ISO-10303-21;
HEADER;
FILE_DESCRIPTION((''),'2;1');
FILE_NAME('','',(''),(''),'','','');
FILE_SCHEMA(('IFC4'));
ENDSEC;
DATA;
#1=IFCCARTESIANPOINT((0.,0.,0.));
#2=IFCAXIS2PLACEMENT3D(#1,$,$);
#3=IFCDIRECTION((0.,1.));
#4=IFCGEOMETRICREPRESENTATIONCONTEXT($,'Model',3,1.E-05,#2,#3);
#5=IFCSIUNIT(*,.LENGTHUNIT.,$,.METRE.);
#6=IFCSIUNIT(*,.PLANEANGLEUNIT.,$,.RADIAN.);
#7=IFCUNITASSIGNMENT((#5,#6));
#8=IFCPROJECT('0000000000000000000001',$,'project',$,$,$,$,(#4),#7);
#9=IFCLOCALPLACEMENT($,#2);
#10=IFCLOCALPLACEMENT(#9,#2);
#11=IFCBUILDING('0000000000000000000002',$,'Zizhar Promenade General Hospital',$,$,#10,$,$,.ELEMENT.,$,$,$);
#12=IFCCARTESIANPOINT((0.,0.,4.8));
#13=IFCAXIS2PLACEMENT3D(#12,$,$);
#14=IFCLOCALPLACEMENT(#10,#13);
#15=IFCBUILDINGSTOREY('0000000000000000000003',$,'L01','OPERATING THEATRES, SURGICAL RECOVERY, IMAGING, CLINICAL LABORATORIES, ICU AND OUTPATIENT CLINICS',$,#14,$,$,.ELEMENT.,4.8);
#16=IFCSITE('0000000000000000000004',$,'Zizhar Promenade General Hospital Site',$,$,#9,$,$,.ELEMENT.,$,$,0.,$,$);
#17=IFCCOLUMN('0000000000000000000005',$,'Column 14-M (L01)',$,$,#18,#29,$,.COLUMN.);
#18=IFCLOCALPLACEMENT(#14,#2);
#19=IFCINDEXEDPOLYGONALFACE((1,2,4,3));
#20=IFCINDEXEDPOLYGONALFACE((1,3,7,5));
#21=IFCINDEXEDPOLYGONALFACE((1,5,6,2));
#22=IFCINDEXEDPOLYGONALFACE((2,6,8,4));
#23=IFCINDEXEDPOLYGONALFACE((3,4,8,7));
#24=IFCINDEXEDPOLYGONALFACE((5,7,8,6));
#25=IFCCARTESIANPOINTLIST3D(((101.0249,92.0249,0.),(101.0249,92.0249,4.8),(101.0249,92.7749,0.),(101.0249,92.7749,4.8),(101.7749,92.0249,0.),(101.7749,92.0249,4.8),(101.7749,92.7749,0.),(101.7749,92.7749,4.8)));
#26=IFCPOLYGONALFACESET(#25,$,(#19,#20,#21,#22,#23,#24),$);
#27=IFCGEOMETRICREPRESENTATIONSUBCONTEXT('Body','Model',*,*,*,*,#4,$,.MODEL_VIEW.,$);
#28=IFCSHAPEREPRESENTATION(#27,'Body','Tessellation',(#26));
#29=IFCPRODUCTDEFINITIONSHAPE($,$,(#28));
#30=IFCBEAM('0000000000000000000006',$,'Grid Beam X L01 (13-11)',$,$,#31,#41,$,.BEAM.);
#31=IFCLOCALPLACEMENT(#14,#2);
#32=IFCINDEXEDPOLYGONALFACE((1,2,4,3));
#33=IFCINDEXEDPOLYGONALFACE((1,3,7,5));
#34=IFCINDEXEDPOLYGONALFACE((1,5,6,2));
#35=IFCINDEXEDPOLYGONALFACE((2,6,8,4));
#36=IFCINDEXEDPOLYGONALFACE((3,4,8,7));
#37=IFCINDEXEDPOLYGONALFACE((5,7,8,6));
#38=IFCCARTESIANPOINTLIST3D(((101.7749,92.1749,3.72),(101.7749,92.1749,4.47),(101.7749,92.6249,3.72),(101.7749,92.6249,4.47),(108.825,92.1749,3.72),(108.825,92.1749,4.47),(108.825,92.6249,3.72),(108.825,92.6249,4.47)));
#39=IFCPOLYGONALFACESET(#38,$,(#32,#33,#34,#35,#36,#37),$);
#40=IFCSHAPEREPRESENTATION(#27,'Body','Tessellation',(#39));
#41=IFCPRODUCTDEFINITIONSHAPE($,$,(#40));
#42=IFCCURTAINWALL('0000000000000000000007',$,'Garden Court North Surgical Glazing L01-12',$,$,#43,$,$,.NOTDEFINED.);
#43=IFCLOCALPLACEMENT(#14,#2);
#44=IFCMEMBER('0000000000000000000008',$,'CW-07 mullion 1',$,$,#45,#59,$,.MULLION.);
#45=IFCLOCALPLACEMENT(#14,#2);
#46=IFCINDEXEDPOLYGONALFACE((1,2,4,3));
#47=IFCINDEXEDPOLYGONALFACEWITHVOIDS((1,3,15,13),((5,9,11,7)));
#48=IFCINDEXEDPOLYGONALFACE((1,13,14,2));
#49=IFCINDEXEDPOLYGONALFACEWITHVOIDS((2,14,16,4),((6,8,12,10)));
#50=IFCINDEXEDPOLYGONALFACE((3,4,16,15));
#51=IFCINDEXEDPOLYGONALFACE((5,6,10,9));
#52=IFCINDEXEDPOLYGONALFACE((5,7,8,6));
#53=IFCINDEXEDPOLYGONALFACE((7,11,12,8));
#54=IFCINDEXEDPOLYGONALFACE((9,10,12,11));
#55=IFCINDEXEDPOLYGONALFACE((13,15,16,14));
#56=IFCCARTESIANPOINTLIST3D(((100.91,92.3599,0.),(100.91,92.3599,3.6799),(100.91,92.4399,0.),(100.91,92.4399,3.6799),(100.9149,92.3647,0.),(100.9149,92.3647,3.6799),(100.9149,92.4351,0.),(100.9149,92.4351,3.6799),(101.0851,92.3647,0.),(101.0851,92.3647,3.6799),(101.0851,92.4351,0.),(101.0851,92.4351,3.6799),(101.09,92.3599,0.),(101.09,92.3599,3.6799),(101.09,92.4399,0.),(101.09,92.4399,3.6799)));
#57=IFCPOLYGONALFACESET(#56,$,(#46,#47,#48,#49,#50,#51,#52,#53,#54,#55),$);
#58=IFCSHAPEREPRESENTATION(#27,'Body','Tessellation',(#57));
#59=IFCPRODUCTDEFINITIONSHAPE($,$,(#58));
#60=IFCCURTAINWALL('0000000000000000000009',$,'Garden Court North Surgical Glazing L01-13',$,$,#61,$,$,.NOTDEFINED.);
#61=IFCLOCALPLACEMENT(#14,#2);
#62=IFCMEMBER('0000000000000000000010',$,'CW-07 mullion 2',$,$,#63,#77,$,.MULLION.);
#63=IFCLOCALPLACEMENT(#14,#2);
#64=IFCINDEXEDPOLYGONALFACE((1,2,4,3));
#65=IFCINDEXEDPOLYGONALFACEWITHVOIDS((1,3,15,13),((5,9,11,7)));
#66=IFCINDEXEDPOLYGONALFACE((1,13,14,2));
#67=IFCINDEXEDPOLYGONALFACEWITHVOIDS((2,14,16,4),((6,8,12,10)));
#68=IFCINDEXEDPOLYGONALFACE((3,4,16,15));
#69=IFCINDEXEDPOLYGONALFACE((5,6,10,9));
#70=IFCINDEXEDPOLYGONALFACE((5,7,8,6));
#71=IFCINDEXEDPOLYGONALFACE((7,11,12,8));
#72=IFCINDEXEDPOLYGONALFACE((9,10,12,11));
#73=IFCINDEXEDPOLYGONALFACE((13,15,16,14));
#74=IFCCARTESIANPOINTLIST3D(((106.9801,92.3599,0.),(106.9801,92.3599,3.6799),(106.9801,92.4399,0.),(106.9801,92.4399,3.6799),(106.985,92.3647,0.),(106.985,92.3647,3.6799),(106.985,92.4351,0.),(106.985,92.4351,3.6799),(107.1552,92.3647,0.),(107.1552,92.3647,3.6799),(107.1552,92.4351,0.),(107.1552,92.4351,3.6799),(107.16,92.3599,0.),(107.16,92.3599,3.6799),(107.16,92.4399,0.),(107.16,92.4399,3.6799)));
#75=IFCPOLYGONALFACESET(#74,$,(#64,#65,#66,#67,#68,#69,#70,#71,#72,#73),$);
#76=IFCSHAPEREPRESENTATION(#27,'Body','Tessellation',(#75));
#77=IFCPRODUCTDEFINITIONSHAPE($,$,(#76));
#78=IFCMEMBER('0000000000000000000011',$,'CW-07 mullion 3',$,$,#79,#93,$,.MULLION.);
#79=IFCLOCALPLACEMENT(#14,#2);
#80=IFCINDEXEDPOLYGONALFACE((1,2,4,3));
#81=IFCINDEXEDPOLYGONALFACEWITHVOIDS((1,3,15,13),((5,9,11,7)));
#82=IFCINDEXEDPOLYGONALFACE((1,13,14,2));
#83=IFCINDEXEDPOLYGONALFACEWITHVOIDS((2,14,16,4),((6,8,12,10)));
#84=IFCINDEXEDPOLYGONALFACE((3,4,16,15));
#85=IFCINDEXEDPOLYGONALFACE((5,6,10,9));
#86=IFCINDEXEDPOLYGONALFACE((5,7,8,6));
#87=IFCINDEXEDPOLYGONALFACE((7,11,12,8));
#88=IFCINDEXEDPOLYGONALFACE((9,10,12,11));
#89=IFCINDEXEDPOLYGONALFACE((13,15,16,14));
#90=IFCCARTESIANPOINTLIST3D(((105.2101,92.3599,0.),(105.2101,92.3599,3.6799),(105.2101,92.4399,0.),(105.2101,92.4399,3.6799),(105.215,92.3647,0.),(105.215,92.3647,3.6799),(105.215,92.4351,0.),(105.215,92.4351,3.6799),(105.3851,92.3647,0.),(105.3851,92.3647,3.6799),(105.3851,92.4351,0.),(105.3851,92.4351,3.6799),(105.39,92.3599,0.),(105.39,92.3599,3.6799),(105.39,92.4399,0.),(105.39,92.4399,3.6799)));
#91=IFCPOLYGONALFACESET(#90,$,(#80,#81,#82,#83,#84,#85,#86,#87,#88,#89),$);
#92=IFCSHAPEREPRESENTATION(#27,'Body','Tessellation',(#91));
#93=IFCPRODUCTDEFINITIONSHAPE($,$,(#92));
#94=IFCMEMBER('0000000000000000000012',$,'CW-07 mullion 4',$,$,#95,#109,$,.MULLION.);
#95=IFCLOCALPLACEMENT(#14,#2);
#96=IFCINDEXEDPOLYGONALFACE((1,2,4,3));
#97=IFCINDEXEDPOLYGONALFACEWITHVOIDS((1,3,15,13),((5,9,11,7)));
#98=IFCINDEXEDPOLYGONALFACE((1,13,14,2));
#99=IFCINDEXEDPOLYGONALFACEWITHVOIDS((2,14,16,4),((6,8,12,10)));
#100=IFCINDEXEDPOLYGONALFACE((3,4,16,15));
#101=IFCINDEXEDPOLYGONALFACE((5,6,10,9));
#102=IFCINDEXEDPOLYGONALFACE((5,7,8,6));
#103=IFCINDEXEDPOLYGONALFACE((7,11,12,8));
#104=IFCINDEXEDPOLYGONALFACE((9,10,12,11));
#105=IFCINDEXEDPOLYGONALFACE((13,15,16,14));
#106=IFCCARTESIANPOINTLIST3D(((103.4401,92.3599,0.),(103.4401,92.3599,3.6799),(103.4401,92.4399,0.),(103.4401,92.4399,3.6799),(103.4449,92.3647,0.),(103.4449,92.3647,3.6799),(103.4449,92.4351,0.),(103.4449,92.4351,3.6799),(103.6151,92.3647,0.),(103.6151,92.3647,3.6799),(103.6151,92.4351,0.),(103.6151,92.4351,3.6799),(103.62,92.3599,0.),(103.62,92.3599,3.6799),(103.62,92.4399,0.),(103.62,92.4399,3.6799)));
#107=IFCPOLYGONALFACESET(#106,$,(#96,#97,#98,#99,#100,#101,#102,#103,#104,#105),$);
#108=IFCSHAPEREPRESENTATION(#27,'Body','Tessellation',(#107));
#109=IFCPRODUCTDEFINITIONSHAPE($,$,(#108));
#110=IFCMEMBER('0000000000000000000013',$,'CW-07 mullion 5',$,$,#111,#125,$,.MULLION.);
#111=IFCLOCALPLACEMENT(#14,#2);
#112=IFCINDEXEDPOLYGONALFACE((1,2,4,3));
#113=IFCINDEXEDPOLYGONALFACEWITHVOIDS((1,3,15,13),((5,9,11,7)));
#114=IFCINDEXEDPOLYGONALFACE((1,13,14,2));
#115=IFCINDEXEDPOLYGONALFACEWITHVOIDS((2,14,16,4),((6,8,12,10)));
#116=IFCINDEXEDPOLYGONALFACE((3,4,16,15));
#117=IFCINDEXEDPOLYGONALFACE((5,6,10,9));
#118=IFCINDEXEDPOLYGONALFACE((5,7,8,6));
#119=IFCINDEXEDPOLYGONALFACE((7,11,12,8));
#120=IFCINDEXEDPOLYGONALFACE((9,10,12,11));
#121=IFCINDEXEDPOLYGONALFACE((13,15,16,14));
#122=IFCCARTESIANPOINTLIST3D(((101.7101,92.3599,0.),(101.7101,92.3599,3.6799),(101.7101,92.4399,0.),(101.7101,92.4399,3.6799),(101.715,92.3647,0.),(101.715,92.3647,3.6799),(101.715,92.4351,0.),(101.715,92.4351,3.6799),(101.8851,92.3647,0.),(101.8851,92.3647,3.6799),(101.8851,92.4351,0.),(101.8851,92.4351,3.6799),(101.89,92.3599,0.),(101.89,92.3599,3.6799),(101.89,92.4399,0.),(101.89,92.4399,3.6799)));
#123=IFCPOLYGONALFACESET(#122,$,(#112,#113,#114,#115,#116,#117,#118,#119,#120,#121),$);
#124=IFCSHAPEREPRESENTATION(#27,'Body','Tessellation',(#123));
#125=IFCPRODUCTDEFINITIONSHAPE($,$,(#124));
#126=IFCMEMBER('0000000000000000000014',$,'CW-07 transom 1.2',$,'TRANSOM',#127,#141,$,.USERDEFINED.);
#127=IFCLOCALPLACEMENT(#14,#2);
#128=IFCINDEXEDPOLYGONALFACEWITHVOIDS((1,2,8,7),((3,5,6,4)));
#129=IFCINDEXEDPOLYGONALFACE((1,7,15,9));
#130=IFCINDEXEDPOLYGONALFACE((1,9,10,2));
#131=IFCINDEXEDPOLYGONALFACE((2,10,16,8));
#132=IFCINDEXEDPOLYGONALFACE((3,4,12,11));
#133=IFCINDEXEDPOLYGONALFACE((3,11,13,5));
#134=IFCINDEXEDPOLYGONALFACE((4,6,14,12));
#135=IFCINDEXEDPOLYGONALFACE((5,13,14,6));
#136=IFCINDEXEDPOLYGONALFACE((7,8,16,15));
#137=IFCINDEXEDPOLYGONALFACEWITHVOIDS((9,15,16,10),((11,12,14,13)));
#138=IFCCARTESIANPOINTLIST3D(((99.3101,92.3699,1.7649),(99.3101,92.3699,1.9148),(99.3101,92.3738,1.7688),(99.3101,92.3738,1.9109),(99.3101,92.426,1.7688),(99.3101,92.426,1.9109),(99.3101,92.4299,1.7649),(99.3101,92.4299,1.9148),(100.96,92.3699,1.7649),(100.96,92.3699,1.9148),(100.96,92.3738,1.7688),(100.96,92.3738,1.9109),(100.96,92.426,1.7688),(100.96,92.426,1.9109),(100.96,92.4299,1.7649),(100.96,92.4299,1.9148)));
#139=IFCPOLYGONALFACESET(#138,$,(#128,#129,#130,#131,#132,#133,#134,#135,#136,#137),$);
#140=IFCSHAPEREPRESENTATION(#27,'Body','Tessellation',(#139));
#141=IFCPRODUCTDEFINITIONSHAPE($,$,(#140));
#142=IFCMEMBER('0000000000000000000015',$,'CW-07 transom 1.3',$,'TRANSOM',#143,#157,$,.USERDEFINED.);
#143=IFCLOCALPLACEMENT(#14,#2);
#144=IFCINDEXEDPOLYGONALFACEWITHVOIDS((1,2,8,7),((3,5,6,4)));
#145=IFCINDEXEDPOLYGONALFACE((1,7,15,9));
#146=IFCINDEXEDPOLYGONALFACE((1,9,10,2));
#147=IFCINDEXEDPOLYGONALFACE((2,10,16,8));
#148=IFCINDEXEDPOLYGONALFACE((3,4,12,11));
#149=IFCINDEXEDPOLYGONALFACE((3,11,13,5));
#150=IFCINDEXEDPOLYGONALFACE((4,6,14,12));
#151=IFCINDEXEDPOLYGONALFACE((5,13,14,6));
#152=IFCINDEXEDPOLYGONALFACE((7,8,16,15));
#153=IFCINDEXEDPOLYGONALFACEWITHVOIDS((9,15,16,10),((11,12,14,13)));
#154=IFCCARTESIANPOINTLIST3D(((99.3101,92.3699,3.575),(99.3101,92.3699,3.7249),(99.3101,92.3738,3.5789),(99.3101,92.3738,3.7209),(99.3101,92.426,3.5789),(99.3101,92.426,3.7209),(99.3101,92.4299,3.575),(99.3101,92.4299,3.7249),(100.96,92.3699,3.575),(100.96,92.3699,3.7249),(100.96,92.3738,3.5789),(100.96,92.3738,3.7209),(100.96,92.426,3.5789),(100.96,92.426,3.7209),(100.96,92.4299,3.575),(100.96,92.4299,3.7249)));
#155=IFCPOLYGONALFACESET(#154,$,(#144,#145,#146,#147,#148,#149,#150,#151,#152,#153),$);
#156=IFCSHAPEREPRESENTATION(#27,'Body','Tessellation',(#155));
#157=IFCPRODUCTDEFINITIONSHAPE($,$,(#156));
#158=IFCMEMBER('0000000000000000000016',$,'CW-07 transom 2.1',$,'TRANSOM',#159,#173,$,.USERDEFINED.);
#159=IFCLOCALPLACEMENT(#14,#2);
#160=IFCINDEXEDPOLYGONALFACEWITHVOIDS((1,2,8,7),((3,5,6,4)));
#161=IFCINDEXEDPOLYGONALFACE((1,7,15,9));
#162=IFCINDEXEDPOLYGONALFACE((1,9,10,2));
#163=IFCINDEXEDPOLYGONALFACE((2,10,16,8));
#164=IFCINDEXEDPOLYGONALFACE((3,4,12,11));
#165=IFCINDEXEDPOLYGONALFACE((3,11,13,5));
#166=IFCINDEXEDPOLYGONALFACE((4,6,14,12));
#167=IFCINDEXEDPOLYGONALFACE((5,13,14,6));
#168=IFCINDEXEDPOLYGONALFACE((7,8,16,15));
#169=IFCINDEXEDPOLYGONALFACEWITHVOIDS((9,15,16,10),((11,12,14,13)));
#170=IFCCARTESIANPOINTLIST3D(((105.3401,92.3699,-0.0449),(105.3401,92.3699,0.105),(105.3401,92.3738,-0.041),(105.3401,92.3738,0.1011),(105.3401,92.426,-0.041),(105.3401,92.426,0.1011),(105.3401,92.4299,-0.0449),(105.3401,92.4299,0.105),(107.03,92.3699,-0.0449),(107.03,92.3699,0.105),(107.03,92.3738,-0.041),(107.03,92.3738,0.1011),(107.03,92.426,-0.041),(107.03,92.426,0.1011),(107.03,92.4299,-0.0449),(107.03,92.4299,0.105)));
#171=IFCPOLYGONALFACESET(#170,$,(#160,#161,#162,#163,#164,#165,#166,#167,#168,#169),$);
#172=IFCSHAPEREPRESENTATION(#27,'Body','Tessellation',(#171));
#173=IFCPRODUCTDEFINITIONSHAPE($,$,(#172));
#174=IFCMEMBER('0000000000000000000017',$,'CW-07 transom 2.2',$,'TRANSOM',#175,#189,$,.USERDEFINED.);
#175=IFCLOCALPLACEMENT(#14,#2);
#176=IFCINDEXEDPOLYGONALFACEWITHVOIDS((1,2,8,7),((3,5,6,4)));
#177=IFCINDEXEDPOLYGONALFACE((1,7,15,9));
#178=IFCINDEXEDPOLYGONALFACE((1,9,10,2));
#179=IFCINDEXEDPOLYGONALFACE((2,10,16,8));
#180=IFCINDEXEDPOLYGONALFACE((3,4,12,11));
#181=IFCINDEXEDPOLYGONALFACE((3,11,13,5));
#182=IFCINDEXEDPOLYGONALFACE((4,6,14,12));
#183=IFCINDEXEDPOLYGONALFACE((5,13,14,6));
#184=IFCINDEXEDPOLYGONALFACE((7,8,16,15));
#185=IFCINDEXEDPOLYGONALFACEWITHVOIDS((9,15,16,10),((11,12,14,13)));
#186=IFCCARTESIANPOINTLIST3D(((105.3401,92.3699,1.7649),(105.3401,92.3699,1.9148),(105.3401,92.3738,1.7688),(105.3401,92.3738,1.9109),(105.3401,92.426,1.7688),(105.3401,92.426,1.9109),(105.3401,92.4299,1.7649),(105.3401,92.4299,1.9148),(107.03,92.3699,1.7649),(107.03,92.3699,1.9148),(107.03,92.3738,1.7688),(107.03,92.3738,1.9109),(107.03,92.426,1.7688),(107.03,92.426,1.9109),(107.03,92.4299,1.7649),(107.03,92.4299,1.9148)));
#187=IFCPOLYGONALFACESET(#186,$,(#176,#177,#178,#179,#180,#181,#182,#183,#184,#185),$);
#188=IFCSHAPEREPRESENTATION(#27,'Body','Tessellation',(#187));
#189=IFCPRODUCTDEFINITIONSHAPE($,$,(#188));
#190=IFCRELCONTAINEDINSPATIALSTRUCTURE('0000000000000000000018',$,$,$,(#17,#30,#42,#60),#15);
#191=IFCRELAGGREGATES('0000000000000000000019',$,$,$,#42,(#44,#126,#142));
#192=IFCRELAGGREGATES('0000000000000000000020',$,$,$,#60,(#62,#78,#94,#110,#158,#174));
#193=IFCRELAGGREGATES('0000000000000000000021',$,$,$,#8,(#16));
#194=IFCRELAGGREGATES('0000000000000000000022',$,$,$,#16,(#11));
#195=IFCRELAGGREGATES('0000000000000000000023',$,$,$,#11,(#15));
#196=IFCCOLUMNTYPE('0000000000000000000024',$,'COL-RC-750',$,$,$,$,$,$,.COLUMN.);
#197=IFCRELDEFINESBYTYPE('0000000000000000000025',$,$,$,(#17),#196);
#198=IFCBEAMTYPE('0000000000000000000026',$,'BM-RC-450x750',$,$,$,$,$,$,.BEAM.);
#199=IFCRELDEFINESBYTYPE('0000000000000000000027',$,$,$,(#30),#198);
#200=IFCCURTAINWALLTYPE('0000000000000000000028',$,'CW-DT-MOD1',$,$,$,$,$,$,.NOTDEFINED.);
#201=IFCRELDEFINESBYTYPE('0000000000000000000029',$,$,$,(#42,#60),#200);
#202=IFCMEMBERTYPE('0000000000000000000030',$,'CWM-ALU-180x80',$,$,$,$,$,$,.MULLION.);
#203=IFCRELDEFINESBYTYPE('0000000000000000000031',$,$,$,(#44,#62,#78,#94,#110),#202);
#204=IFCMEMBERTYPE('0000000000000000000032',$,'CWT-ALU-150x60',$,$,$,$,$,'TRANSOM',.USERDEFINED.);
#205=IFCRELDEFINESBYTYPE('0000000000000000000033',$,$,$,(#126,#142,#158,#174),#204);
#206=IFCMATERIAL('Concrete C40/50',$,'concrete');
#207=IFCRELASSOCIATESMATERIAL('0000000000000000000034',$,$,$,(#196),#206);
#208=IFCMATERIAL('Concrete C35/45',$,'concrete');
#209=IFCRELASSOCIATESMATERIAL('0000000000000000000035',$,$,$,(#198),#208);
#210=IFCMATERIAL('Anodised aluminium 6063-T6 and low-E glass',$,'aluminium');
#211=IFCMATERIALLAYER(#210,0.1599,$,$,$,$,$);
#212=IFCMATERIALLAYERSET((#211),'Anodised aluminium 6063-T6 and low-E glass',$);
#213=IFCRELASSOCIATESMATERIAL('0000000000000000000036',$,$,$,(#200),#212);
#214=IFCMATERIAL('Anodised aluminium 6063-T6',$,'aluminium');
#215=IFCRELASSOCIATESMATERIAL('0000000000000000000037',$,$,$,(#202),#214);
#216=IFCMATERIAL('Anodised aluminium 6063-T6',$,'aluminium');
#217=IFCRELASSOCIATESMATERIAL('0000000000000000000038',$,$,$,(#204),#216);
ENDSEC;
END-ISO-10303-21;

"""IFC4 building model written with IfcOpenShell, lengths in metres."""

from ifc_helpers import new_model, si_unit, direction, frame, origin, origin_2d, place, context, subcontext, project, spatial, rectangle, hollow_rectangle, extrude, material, layer, layer_set, material_profile, profile_set, type_object, element, aggregate, save


model = new_model("IFC4")

# Units and contexts
model_context = context("Model", 3, precision=1e-05, world=origin(), true_north=direction((0.0, 1.0)))
body_context = subcontext(model_context, "Body", "Model", "MODEL_VIEW")
ifc_project = project(units=[si_unit("LENGTHUNIT", "METRE"), si_unit("PLANEANGLEUNIT", "RADIAN")], contexts=[model_context])

# Site, building, storey
site_placement = place(None, origin())
site = spatial("IfcSite", under=ifc_project, at=site_placement, Name="Zizhar Promenade General Hospital Site", CompositionType="ELEMENT", RefElevation=0.0)
building_placement = place(site_placement, origin())
building = spatial("IfcBuilding", under=site, at=building_placement, Name="Zizhar Promenade General Hospital", CompositionType="ELEMENT")
storey_placement = place(building_placement, frame((0.0, 0.0, 4.8)))
storey = spatial("IfcBuildingStorey", under=building, at=storey_placement, Name="L01", Description="OPERATING THEATRES, SURGICAL RECOVERY, IMAGING, CLINICAL LABORATORIES, ICU AND OUTPATIENT CLINICS", CompositionType="ELEMENT", Elevation=4.8)

# Column
ifc_material_1 = material(Name="Concrete C40/50", Category="concrete")
ifc_material_profile_1 = material_profile(ifc_material_1, rectangle(XDim=0.75, YDim=0.75, at=origin_2d()))
ifc_profile_set_1 = profile_set([ifc_material_profile_1], Name="Concrete C40/50")
column_type = type_object("IfcColumnType", Name="COL-RC-750", PredefinedType="COLUMN", material=ifc_profile_set_1)
column_placement = place(storey_placement, frame((101.3999, 92.3999, 0.0), z_axis=(0.0, 0.0, 1.0), x_axis=(1.0, 0.0, 0.0)))
element("IfcColumn", 1, at=column_placement, inside=storey, type_object=column_type, Name="Column 14-M (L01)", PredefinedType="COLUMN", context=body_context, shape_type="SweptSolid", body=[
    extrude(rectangle(XDim=0.75, YDim=0.75, at=origin_2d()), origin(), (0.0, 0.0, 1.0), 4.8),
])

# Beam
ifc_material_2 = material(Name="Concrete C35/45", Category="concrete")
ifc_material_profile_2 = material_profile(ifc_material_2, rectangle(XDim=0.45, YDim=0.75, at=origin_2d()))
ifc_profile_set_2 = profile_set([ifc_material_profile_2], Name="Concrete C35/45")
beam_type = type_object("IfcBeamType", Name="BM-RC-450x750", PredefinedType="BEAM", material=ifc_profile_set_2)
beam_placement = place(storey_placement, frame((101.7749, 92.3999, 4.095), z_axis=(1.0, 0.0, 0.0), x_axis=(0.0, 1.0, 0.0)))
element("IfcBeam", 2, at=beam_placement, inside=storey, type_object=beam_type, Name="Grid Beam X L01 (13-11)", PredefinedType="BEAM", context=body_context, shape_type="SweptSolid", body=[
    extrude(rectangle(XDim=0.45, YDim=0.75, at=origin_2d()), origin(), (0.0, 0.0, 1.0), 7.05),
])

# Curtain wall, member
ifc_material_3 = material(Name="Anodised aluminium 6063-T6 and low-E glass", Category="aluminium")
ifc_layer_1 = layer(ifc_material_3, 0.1599)
ifc_layer_set_1 = layer_set([ifc_layer_1], Name="Anodised aluminium 6063-T6 and low-E glass")
curtain_wall_type = type_object("IfcCurtainWallType", Name="CW-DT-MOD1", PredefinedType="NOTDEFINED", material=ifc_layer_set_1)
curtain_wall_1_placement = place(storey_placement, origin())
curtain_wall_1 = element("IfcCurtainWall", 3, at=curtain_wall_1_placement, inside=storey, type_object=curtain_wall_type, Name="Garden Court North Surgical Glazing L01-12", PredefinedType="NOTDEFINED")
ifc_material_4 = material(Name="Anodised aluminium 6063-T6", Category="aluminium")
ifc_material_profile_3 = material_profile(ifc_material_4, hollow_rectangle(XDim=0.0801, YDim=0.1799, WallThickness=0.0049, at=origin_2d()))
ifc_profile_set_3 = profile_set([ifc_material_profile_3], Name="Anodised aluminium 6063-T6")
member_type_1 = type_object("IfcMemberType", Name="CWM-ALU-180x80", PredefinedType="MULLION", material=ifc_profile_set_3)
member_1_placement = place(storey_placement, frame((101.0, 92.3999, 0.0), z_axis=(0.0, 0.0, 1.0), x_axis=(0.0, -1.0, 0.0)))
member_1 = element("IfcMember", 4, at=member_1_placement, type_object=member_type_1, Name="CW-07 mullion 1", PredefinedType="MULLION", context=body_context, shape_type="SweptSolid", body=[
    extrude(hollow_rectangle(XDim=0.0801, YDim=0.1799, WallThickness=0.0049, at=origin_2d()), origin(), (0.0, 0.0, 1.0), 3.6799),
])

# Curtain wall, members
curtain_wall_2_placement = place(storey_placement, origin())
curtain_wall_2 = element("IfcCurtainWall", 5, at=curtain_wall_2_placement, inside=storey, type_object=curtain_wall_type, Name="Garden Court North Surgical Glazing L01-13", PredefinedType="NOTDEFINED")
member_2_placement = place(storey_placement, frame((107.0701, 92.3999, 0.0), z_axis=(0.0, 0.0, 1.0), x_axis=(0.0, -1.0, 0.0)))
member_2 = element("IfcMember", 6, at=member_2_placement, type_object=member_type_1, Name="CW-07 mullion 2", PredefinedType="MULLION", context=body_context, shape_type="SweptSolid", body=[
    extrude(hollow_rectangle(XDim=0.0801, YDim=0.1799, WallThickness=0.0049, at=origin_2d()), origin(), (0.0, 0.0, 1.0), 3.6799),
])
member_3_placement = place(storey_placement, frame((105.3, 92.3999, 0.0), z_axis=(0.0, 0.0, 1.0), x_axis=(0.0, -1.0, 0.0)))
member_3 = element("IfcMember", 7, at=member_3_placement, type_object=member_type_1, Name="CW-07 mullion 3", PredefinedType="MULLION", context=body_context, shape_type="SweptSolid", body=[
    extrude(hollow_rectangle(XDim=0.0801, YDim=0.1799, WallThickness=0.0049, at=origin_2d()), origin(), (0.0, 0.0, 1.0), 3.6799),
])
member_4_placement = place(storey_placement, frame((103.53, 92.3999, 0.0), z_axis=(0.0, 0.0, 1.0), x_axis=(0.0, -1.0, 0.0)))
member_4 = element("IfcMember", 8, at=member_4_placement, type_object=member_type_1, Name="CW-07 mullion 4", PredefinedType="MULLION", context=body_context, shape_type="SweptSolid", body=[
    extrude(hollow_rectangle(XDim=0.0801, YDim=0.1799, WallThickness=0.0049, at=origin_2d()), origin(), (0.0, 0.0, 1.0), 3.6799),
])
member_5_placement = place(storey_placement, frame((101.8, 92.3999, 0.0), z_axis=(0.0, 0.0, 1.0), x_axis=(0.0, -1.0, 0.0)))
member_5 = element("IfcMember", 9, at=member_5_placement, type_object=member_type_1, Name="CW-07 mullion 5", PredefinedType="MULLION", context=body_context, shape_type="SweptSolid", body=[
    extrude(hollow_rectangle(XDim=0.0801, YDim=0.1799, WallThickness=0.0049, at=origin_2d()), origin(), (0.0, 0.0, 1.0), 3.6799),
])

# Members
ifc_material_5 = material(Name="Anodised aluminium 6063-T6", Category="aluminium")
ifc_material_profile_4 = material_profile(ifc_material_5, hollow_rectangle(XDim=0.0601, YDim=0.1499, WallThickness=0.0039, at=origin_2d()))
ifc_profile_set_4 = profile_set([ifc_material_profile_4], Name="Anodised aluminium 6063-T6")
member_type_2 = type_object("IfcMemberType", Name="CWT-ALU-150x60", ElementType="TRANSOM", PredefinedType="USERDEFINED", material=ifc_profile_set_4)
member_6_placement = place(storey_placement, frame((100.96, 92.3999, 1.8398), z_axis=(-1.0, 0.0, 0.0), x_axis=(0.0, -1.0, 0.0)))
member_6 = element("IfcMember", 10, at=member_6_placement, type_object=member_type_2, Name="CW-07 transom 1.2", ObjectType="TRANSOM", PredefinedType="USERDEFINED", context=body_context, shape_type="SweptSolid", body=[
    extrude(hollow_rectangle(XDim=0.0601, YDim=0.1499, WallThickness=0.0039, at=origin_2d()), origin(), (0.0, 0.0, 1.0), 1.6499),
])
member_7_placement = place(storey_placement, frame((100.96, 92.3999, 3.6499), z_axis=(-1.0, 0.0, 0.0), x_axis=(0.0, -1.0, 0.0)))
member_7 = element("IfcMember", 11, at=member_7_placement, type_object=member_type_2, Name="CW-07 transom 1.3", ObjectType="TRANSOM", PredefinedType="USERDEFINED", context=body_context, shape_type="SweptSolid", body=[
    extrude(hollow_rectangle(XDim=0.0601, YDim=0.1499, WallThickness=0.0039, at=origin_2d()), origin(), (0.0, 0.0, 1.0), 1.6499),
])
aggregate(curtain_wall_1, [member_1, member_6, member_7])
member_8_placement = place(storey_placement, frame((107.03, 92.3999, 0.03), z_axis=(-1.0, 0.0, 0.0), x_axis=(0.0, -1.0, 0.0)))
member_8 = element("IfcMember", 12, at=member_8_placement, type_object=member_type_2, Name="CW-07 transom 2.1", ObjectType="TRANSOM", PredefinedType="USERDEFINED", context=body_context, shape_type="SweptSolid", body=[
    extrude(hollow_rectangle(XDim=0.0601, YDim=0.1499, WallThickness=0.0039, at=origin_2d()), origin(), (0.0, 0.0, 1.0), 1.6899),
])
member_9_placement = place(storey_placement, frame((107.03, 92.3999, 1.8398), z_axis=(-1.0, 0.0, 0.0), x_axis=(0.0, -1.0, 0.0)))
member_9 = element("IfcMember", 13, at=member_9_placement, type_object=member_type_2, Name="CW-07 transom 2.2", ObjectType="TRANSOM", PredefinedType="USERDEFINED", context=body_context, shape_type="SweptSolid", body=[
    extrude(hollow_rectangle(XDim=0.0601, YDim=0.1499, WallThickness=0.0039, at=origin_2d()), origin(), (0.0, 0.0, 1.0), 1.6899),
])

aggregate(curtain_wall_2, [member_2, member_3, member_4, member_5, member_8, member_9])

save(model, "model.ifc")
